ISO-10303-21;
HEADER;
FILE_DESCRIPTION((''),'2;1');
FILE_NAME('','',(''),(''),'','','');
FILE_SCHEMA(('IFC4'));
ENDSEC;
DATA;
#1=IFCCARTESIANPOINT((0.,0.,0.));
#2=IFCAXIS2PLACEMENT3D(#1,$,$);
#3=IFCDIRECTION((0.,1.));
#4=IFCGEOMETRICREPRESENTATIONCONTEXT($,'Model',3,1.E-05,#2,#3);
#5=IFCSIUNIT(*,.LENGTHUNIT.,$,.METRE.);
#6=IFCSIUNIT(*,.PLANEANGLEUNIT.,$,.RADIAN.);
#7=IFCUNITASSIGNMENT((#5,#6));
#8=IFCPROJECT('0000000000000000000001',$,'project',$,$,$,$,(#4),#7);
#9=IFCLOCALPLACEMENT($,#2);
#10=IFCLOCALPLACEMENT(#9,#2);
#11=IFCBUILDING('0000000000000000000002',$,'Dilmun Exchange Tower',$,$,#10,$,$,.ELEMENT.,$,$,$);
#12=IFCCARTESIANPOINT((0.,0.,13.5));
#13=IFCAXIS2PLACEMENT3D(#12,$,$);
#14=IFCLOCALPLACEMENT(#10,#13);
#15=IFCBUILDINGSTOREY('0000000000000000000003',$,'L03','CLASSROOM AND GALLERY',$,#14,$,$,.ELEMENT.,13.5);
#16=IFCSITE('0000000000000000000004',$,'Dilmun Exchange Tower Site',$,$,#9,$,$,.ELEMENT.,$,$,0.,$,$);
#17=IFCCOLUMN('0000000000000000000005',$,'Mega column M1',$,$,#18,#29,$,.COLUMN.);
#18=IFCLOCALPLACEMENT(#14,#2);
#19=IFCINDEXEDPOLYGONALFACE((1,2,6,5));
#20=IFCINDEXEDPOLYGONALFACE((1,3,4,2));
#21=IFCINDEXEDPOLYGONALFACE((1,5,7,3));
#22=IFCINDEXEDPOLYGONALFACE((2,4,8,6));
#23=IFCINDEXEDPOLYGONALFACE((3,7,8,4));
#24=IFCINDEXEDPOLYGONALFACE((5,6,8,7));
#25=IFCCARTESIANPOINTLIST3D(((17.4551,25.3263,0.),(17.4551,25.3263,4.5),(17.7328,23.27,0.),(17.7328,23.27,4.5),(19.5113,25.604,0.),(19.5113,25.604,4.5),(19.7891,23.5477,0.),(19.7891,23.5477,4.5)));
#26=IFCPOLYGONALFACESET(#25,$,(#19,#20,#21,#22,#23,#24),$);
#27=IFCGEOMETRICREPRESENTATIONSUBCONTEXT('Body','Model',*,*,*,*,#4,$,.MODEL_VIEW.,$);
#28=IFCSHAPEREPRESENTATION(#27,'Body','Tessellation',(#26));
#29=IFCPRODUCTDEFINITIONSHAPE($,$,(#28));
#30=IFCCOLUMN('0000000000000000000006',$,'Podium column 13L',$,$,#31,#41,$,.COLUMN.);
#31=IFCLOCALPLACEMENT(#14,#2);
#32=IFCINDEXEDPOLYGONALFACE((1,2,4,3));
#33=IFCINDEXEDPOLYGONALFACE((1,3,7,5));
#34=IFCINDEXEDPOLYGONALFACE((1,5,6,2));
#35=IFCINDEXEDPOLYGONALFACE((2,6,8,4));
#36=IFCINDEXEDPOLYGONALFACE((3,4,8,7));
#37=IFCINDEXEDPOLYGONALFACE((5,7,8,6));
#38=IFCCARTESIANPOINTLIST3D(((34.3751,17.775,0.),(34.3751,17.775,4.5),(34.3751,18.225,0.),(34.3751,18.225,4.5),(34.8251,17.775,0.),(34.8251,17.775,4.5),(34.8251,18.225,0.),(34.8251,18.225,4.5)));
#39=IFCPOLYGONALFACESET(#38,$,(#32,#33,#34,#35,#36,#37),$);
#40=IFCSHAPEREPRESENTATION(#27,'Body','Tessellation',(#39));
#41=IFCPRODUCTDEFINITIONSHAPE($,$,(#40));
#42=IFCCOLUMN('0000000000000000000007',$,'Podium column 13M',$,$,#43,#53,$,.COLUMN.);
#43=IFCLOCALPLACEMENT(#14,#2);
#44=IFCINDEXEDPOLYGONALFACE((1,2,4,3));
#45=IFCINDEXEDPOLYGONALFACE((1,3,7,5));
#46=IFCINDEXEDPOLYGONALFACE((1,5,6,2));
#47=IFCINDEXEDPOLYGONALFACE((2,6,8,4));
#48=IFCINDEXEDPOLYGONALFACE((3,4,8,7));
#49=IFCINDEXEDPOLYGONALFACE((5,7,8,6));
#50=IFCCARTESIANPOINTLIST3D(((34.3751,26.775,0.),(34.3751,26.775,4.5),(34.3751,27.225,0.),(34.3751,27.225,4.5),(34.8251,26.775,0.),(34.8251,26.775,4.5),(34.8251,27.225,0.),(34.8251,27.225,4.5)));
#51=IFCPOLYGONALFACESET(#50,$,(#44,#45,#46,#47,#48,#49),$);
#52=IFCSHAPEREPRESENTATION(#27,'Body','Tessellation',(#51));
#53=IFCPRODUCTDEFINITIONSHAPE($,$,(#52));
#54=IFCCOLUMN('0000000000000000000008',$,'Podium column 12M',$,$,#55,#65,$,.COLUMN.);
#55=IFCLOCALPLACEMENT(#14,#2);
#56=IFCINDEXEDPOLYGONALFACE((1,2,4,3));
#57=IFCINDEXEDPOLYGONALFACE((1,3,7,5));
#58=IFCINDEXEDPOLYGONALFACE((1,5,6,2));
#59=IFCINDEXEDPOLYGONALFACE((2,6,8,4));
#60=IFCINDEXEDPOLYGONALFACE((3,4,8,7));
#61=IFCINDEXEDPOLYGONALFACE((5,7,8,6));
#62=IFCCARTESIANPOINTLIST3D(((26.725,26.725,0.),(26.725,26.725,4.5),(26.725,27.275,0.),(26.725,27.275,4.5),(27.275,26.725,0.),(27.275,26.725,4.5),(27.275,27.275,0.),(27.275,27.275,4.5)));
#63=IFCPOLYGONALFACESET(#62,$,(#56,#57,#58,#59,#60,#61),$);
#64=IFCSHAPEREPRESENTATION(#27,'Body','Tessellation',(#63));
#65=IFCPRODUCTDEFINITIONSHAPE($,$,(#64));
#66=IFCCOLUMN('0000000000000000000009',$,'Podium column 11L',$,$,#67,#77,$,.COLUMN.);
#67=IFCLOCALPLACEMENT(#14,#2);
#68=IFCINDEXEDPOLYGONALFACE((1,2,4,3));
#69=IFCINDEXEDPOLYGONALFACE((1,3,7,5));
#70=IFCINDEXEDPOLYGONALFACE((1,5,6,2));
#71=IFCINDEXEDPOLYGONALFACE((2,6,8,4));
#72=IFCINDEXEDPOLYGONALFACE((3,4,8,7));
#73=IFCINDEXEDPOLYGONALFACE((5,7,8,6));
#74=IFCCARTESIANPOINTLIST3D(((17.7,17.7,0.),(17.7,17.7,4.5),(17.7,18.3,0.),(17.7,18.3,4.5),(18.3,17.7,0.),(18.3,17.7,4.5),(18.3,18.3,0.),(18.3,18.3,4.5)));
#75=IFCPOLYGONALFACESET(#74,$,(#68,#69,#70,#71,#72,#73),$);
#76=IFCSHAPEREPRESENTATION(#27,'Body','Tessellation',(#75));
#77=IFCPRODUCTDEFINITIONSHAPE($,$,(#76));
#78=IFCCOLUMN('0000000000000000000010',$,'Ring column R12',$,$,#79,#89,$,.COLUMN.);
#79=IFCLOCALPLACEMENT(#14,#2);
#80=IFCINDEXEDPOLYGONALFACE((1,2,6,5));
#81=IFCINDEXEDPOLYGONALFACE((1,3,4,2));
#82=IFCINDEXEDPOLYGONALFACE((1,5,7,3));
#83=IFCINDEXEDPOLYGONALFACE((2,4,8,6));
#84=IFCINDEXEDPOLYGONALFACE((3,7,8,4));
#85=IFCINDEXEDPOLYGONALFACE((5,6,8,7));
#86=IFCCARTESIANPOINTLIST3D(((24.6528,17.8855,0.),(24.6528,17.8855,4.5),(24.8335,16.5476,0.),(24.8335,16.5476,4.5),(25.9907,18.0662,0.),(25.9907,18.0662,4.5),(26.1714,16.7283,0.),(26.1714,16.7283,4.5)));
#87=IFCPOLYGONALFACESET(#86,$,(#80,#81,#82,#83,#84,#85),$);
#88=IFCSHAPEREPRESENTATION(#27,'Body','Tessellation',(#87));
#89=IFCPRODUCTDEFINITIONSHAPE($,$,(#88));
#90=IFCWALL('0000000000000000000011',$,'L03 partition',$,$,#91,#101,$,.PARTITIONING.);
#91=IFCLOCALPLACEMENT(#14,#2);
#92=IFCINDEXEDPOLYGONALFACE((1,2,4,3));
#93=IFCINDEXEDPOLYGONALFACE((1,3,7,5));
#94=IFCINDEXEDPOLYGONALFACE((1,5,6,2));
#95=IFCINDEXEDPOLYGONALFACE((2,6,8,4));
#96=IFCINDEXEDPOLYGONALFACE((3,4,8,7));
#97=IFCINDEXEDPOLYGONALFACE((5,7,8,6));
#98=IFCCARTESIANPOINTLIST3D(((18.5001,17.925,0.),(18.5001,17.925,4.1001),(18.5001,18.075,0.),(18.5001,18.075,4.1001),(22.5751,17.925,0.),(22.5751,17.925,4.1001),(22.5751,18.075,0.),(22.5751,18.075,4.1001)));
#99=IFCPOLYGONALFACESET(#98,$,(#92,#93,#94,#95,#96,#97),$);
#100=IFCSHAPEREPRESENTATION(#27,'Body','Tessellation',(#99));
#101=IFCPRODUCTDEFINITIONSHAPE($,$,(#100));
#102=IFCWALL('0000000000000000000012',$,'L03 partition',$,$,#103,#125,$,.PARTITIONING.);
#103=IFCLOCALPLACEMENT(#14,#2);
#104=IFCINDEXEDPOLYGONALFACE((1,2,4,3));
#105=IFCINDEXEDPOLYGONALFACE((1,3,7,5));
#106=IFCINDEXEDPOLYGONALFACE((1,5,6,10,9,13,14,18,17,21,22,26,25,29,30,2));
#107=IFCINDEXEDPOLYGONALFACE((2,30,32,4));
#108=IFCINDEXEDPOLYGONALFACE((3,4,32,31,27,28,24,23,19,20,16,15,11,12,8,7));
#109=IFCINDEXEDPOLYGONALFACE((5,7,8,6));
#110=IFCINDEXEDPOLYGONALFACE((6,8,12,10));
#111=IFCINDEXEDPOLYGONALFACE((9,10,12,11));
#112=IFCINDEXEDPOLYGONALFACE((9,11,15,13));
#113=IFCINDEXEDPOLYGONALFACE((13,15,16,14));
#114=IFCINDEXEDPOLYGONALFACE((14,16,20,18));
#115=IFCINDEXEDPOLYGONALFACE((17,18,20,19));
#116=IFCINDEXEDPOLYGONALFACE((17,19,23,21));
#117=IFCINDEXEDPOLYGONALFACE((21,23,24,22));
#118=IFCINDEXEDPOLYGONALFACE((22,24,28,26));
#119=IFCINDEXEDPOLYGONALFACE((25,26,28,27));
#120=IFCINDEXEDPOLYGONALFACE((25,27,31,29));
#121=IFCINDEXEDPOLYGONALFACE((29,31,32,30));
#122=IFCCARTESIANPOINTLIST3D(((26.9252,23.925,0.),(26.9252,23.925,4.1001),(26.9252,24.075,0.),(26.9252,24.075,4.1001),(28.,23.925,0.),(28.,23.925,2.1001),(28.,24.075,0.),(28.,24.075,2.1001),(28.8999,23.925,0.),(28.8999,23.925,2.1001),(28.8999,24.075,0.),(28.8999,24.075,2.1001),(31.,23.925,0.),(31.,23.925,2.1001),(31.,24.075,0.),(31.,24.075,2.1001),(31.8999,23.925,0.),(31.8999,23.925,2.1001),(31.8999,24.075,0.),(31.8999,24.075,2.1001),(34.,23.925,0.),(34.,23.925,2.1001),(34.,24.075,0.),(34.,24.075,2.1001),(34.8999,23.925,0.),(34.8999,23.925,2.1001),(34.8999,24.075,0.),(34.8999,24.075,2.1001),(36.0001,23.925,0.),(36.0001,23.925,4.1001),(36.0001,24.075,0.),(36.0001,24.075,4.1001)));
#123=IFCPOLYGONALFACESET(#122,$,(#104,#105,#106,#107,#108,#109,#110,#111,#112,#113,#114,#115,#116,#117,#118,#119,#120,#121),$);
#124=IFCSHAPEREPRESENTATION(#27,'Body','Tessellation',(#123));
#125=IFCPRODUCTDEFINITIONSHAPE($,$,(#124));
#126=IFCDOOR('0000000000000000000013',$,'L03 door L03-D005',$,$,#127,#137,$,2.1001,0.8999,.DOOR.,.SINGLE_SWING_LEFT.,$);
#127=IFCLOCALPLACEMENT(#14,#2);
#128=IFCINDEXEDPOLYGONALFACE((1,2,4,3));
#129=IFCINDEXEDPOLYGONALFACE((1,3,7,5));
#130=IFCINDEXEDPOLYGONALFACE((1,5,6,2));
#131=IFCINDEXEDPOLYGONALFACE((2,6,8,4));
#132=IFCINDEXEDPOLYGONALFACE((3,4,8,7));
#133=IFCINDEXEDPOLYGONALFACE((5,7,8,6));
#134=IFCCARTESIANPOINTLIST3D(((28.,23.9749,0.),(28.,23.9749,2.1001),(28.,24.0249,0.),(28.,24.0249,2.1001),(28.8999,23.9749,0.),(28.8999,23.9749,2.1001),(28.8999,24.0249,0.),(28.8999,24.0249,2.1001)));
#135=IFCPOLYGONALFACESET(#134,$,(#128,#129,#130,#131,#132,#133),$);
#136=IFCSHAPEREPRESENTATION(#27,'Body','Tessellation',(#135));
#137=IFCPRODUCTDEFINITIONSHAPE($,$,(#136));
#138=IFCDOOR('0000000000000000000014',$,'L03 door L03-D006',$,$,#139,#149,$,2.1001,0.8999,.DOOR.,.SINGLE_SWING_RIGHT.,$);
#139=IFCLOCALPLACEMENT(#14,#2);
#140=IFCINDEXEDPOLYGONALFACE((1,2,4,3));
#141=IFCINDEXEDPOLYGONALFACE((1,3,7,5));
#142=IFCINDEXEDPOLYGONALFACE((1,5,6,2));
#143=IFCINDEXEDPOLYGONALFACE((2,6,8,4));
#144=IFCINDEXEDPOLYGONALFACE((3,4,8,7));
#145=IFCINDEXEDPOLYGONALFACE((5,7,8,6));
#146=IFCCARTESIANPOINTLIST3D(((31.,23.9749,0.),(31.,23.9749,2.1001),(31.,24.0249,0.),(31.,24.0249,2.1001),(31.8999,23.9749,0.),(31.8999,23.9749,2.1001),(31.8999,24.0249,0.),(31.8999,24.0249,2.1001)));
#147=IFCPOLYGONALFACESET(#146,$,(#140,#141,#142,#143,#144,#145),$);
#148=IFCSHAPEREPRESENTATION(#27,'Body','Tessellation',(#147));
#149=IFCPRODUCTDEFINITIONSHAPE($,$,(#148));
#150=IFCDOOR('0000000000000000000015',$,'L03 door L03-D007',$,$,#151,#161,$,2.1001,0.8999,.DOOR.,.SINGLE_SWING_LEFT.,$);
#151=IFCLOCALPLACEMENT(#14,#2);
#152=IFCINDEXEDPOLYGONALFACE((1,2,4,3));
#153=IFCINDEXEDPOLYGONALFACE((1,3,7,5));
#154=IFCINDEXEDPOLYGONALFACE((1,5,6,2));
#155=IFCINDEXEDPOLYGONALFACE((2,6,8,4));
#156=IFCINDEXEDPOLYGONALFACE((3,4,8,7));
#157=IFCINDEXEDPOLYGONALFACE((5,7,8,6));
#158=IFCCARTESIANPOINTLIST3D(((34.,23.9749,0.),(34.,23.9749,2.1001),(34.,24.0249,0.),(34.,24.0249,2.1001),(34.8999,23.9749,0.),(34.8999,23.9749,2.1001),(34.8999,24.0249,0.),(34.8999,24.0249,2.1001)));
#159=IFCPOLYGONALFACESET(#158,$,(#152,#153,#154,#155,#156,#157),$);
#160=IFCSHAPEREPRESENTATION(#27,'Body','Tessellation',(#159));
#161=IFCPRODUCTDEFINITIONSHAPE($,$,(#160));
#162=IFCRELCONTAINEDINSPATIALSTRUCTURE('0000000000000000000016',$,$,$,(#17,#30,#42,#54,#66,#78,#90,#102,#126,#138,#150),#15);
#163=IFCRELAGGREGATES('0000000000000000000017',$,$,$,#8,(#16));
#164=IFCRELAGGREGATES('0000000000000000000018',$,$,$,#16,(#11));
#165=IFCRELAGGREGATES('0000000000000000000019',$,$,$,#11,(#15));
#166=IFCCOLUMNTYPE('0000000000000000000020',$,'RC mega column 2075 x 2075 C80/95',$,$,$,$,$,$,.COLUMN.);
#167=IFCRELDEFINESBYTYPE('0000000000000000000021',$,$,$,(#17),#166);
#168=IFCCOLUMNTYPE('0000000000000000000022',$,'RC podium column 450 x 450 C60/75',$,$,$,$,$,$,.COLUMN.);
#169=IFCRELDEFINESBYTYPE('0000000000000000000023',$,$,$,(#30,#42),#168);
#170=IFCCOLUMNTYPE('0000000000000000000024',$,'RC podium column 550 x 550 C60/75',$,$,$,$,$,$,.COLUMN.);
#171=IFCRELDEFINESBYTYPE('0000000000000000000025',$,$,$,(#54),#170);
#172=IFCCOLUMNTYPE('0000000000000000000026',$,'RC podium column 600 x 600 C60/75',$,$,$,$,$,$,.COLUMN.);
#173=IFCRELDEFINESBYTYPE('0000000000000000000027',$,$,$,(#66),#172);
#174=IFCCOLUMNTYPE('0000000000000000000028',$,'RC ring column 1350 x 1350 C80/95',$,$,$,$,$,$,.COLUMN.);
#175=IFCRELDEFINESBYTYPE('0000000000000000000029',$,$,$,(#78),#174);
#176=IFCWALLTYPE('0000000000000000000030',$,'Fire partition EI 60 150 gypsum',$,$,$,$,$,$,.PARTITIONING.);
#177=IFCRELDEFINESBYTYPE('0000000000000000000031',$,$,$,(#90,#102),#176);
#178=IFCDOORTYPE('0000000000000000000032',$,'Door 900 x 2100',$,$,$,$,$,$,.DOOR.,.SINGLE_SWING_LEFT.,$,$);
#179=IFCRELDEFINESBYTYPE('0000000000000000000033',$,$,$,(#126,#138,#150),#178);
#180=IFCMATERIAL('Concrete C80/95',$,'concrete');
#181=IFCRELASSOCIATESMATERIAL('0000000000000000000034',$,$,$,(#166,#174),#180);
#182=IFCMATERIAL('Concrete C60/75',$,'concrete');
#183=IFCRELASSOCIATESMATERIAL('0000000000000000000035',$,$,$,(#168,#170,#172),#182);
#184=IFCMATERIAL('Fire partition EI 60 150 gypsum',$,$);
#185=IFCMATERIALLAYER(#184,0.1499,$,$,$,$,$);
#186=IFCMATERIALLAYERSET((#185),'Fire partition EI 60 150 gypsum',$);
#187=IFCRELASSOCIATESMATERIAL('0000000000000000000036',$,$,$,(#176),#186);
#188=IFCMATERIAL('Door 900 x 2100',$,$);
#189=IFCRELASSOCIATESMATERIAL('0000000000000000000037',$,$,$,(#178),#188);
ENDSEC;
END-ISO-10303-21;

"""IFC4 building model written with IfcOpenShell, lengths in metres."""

from ifc_helpers import new_model, si_unit, direction, frame, frame_2d, origin, origin_2d, place, context, subcontext, project, spatial, rectangle, extrude, material, layer, layer_set, material_profile, profile_set, type_object, element, fill, save


model = new_model("IFC4")

# Units and contexts
model_context = context("Model", 3, precision=1e-05, world=origin(), true_north=direction((0.0, 1.0)))
body_context = subcontext(model_context, "Body", "Model", "MODEL_VIEW")
ifc_project = project(units=[si_unit("LENGTHUNIT", "METRE"), si_unit("PLANEANGLEUNIT", "RADIAN")], contexts=[model_context])

# Site, building, storey
site_placement = place(None, origin())
site = spatial("IfcSite", under=ifc_project, at=site_placement, Name="Dilmun Exchange Tower Site", CompositionType="ELEMENT", RefElevation=0.0)
building_placement = place(site_placement, origin())
building = spatial("IfcBuilding", under=site, at=building_placement, Name="Dilmun Exchange Tower", CompositionType="ELEMENT")
storey_placement = place(building_placement, frame((0.0, 0.0, 13.5)))
storey = spatial("IfcBuildingStorey", under=building, at=storey_placement, Name="L03", Description="CLASSROOM AND GALLERY", CompositionType="ELEMENT", Elevation=13.5)

# Columns
ifc_material_1 = material(Name="Concrete C80/95", Category="concrete")
ifc_material_profile_1 = material_profile(ifc_material_1, rectangle(XDim=2.075, YDim=2.075, at=origin_2d()), Name="2075 x 2075")
ifc_profile_set_1 = profile_set([ifc_material_profile_1], Name="Concrete C80/95")
column_type_1 = type_object("IfcColumnType", Name="RC mega column 2075 x 2075 C80/95", PredefinedType="COLUMN", material=ifc_profile_set_1)
column_1_placement = place(storey_placement, frame((18.6221, 24.437, 0.0), z_axis=(0.0, 0.0, 1.0), x_axis=(0.991001, 0.133853, 0.0)))
element("IfcColumn", 1, at=column_1_placement, inside=storey, type_object=column_type_1, Name="Mega column M1", PredefinedType="COLUMN", context=body_context, shape_type="SweptSolid", body=[
    extrude(rectangle(XDim=2.075, YDim=2.075, at=origin_2d()), origin(), (0.0, 0.0, 1.0), 4.5),
])
ifc_material_2 = material(Name="Concrete C60/75", Category="concrete")
ifc_material_profile_2 = material_profile(ifc_material_2, rectangle(XDim=0.45, YDim=0.45, at=origin_2d()), Name="450 x 450")
ifc_profile_set_2 = profile_set([ifc_material_profile_2], Name="Concrete C60/75")
column_type_2 = type_object("IfcColumnType", Name="RC podium column 450 x 450 C60/75", PredefinedType="COLUMN", material=ifc_profile_set_2)
for number, where, z_axis, x_axis, name in (
    (2, (34.6001, 18.0, 0.0), (0.0, 0.0, 1.0), (1.0, 0.0, 0.0), "Podium column 13L"),
    (3, (34.6001, 27.0, 0.0), (0.0, 0.0, 1.0), (1.0, 0.0, 0.0), "Podium column 13M"),
):
    element("IfcColumn", number, at=place(storey_placement, frame(where, z_axis=z_axis, x_axis=x_axis)), inside=storey, type_object=column_type_2, Name=name, PredefinedType="COLUMN", context=body_context, shape_type="SweptSolid", body=[
        extrude(rectangle(XDim=0.45, YDim=0.45, at=origin_2d()), origin(), (0.0, 0.0, 1.0), 4.5),
    ])
ifc_material_profile_3 = material_profile(ifc_material_2, rectangle(XDim=0.55, YDim=0.55, at=origin_2d()), Name="550 x 550")
ifc_profile_set_3 = profile_set([ifc_material_profile_3], Name="Concrete C60/75")
column_type_3 = type_object("IfcColumnType", Name="RC podium column 550 x 550 C60/75", PredefinedType="COLUMN", material=ifc_profile_set_3)
column_2_placement = place(storey_placement, frame((27.0, 27.0, 0.0), z_axis=(0.0, 0.0, 1.0), x_axis=(1.0, 0.0, 0.0)))
element("IfcColumn", 4, at=column_2_placement, inside=storey, type_object=column_type_3, Name="Podium column 12M", PredefinedType="COLUMN", context=body_context, shape_type="SweptSolid", body=[
    extrude(rectangle(XDim=0.55, YDim=0.55, at=origin_2d()), origin(), (0.0, 0.0, 1.0), 4.5),
])
ifc_material_profile_4 = material_profile(ifc_material_2, rectangle(XDim=0.6001, YDim=0.6001, at=origin_2d()), Name="600 x 600")
ifc_profile_set_4 = profile_set([ifc_material_profile_4], Name="Concrete C60/75")
column_type_4 = type_object("IfcColumnType", Name="RC podium column 600 x 600 C60/75", PredefinedType="COLUMN", material=ifc_profile_set_4)
column_3_placement = place(storey_placement, frame((18.0, 18.0, 0.0), z_axis=(0.0, 0.0, 1.0), x_axis=(1.0, 0.0, 0.0)))
element("IfcColumn", 5, at=column_3_placement, inside=storey, type_object=column_type_4, Name="Podium column 11L", PredefinedType="COLUMN", context=body_context, shape_type="SweptSolid", body=[
    extrude(rectangle(XDim=0.6001, YDim=0.6001, at=origin_2d()), origin(), (0.0, 0.0, 1.0), 4.5),
])
ifc_material_profile_5 = material_profile(ifc_material_1, rectangle(XDim=1.3501, YDim=1.3501, at=origin_2d()), Name="1350 x 1350")
ifc_profile_set_5 = profile_set([ifc_material_profile_5], Name="Concrete C80/95")
column_type_5 = type_object("IfcColumnType", Name="RC ring column 1350 x 1350 C80/95", PredefinedType="COLUMN", material=ifc_profile_set_5)
column_4_placement = place(storey_placement, frame((25.4121, 17.3069, 0.0), z_axis=(0.0, 0.0, 1.0), x_axis=(0.991001, 0.133853, 0.0)))
element("IfcColumn", 6, at=column_4_placement, inside=storey, type_object=column_type_5, Name="Ring column R12", PredefinedType="COLUMN", context=body_context, shape_type="SweptSolid", body=[
    extrude(rectangle(XDim=1.3501, YDim=1.3501, at=origin_2d()), origin(), (0.0, 0.0, 1.0), 4.5),
])

# Wall
ifc_material_3 = material(Name="Fire partition EI 60 150 gypsum")
ifc_layer_1 = layer(ifc_material_3, 0.1499)
ifc_layer_set_1 = layer_set([ifc_layer_1], Name="Fire partition EI 60 150 gypsum")
wall_type_1 = type_object("IfcWallType", Name="Fire partition EI 60 150 gypsum", PredefinedType="PARTITIONING", material=ifc_layer_set_1)
wall_1_placement = place(storey_placement, frame((18.5, 18.0, 0.0), z_axis=(0.0, 0.0, 1.0), x_axis=(1.0, 0.0, 0.0)))
element("IfcWall", 7, at=wall_1_placement, inside=storey, type_object=wall_type_1, Name="L03 partition", PredefinedType="PARTITIONING", context=body_context, shape_type="SweptSolid", body=[
    extrude(rectangle(XDim=4.075, YDim=0.1499, at=frame_2d((2.0376, 0.0))), origin(), (0.0, 0.0, 1.0), 4.1001),
])

# Wall, openings, doors
wall_2_placement = place(storey_placement, frame((26.925, 24.0, 0.0), z_axis=(0.0, 0.0, 1.0), x_axis=(1.0, 0.0, 0.0)))
wall_2 = element("IfcWall", 8, at=wall_2_placement, inside=storey, type_object=wall_type_1, Name="L03 partition", PredefinedType="PARTITIONING", context=body_context, shape_type="SweptSolid", body=[
    extrude(rectangle(XDim=9.075, YDim=0.1499, at=frame_2d((4.5376, 0.0))), origin(), (0.0, 0.0, 1.0), 4.1001),
])
opening_1_placement = place(wall_2_placement, frame((1.075, 0.0, 0.0)))
opening_1 = element("IfcOpeningElement", 9, at=opening_1_placement, cuts=wall_2, PredefinedType="OPENING", context=body_context, shape_type="SweptSolid", body=[
    extrude(rectangle(XDim=0.8999, YDim=2.1001, at=frame_2d((0.45, 1.05))), frame((0.0, 0.085, 0.0), z_axis=(0.0, -1.0, 0.0), x_axis=(1.0, 0.0, 0.0)), (0.0, 0.0, 1.0), 0.1699),
])
opening_2_placement = place(wall_2_placement, frame((4.075, 0.0, 0.0)))
opening_2 = element("IfcOpeningElement", 10, at=opening_2_placement, cuts=wall_2, PredefinedType="OPENING", context=body_context, shape_type="SweptSolid", body=[
    extrude(rectangle(XDim=0.8999, YDim=2.1001, at=frame_2d((0.45, 1.05))), frame((0.0, 0.085, 0.0), z_axis=(0.0, -1.0, 0.0), x_axis=(1.0, 0.0, 0.0)), (0.0, 0.0, 1.0), 0.1699),
])
opening_3_placement = place(wall_2_placement, frame((7.075, 0.0, 0.0)))
opening_3 = element("IfcOpeningElement", 11, at=opening_3_placement, cuts=wall_2, PredefinedType="OPENING", context=body_context, shape_type="SweptSolid", body=[
    extrude(rectangle(XDim=0.8999, YDim=2.1001, at=frame_2d((0.45, 1.05))), frame((0.0, 0.085, 0.0), z_axis=(0.0, -1.0, 0.0), x_axis=(1.0, 0.0, 0.0)), (0.0, 0.0, 1.0), 0.1699),
])
ifc_material_4 = material(Name="Door 900 x 2100")
door_type_1 = type_object("IfcDoorType", Name="Door 900 x 2100", OperationType="SINGLE_SWING_LEFT", PredefinedType="DOOR", material=ifc_material_4)
door_1_placement = place(opening_1_placement, origin())
door_1 = element("IfcDoor", 12, at=door_1_placement, inside=storey, type_object=door_type_1, Name="L03 door L03-D005", OperationType="SINGLE_SWING_LEFT", OverallHeight=2.1001, OverallWidth=0.8999, PredefinedType="DOOR", context=body_context, shape_type="SweptSolid", body=[
    extrude(rectangle(XDim=0.8999, YDim=2.1001, at=frame_2d((0.45, 1.05))), frame((0.0, 0.0249, 0.0), z_axis=(0.0, -1.0, 0.0), x_axis=(1.0, 0.0, 0.0)), (0.0, 0.0, 1.0), 0.05),
])
fill(opening_1, door_1)
door_2_placement = place(opening_2_placement, origin())
door_2 = element("IfcDoor", 13, at=door_2_placement, inside=storey, type_object=door_type_1, Name="L03 door L03-D006", OperationType="SINGLE_SWING_RIGHT", OverallHeight=2.1001, OverallWidth=0.8999, PredefinedType="DOOR", context=body_context, shape_type="SweptSolid", body=[
    extrude(rectangle(XDim=0.8999, YDim=2.1001, at=frame_2d((0.45, 1.05))), frame((0.0, 0.0249, 0.0), z_axis=(0.0, -1.0, 0.0), x_axis=(1.0, 0.0, 0.0)), (0.0, 0.0, 1.0), 0.05),
])
fill(opening_2, door_2)
door_3_placement = place(opening_3_placement, origin())
door_3 = element("IfcDoor", 14, at=door_3_placement, inside=storey, type_object=door_type_1, Name="L03 door L03-D007", OperationType="SINGLE_SWING_LEFT", OverallHeight=2.1001, OverallWidth=0.8999, PredefinedType="DOOR", context=body_context, shape_type="SweptSolid", body=[
    extrude(rectangle(XDim=0.8999, YDim=2.1001, at=frame_2d((0.45, 1.05))), frame((0.0, 0.0249, 0.0), z_axis=(0.0, -1.0, 0.0), x_axis=(1.0, 0.0, 0.0)), (0.0, 0.0, 1.0), 0.05),
])
fill(opening_3, door_3)

save(model, "model.ifc")
